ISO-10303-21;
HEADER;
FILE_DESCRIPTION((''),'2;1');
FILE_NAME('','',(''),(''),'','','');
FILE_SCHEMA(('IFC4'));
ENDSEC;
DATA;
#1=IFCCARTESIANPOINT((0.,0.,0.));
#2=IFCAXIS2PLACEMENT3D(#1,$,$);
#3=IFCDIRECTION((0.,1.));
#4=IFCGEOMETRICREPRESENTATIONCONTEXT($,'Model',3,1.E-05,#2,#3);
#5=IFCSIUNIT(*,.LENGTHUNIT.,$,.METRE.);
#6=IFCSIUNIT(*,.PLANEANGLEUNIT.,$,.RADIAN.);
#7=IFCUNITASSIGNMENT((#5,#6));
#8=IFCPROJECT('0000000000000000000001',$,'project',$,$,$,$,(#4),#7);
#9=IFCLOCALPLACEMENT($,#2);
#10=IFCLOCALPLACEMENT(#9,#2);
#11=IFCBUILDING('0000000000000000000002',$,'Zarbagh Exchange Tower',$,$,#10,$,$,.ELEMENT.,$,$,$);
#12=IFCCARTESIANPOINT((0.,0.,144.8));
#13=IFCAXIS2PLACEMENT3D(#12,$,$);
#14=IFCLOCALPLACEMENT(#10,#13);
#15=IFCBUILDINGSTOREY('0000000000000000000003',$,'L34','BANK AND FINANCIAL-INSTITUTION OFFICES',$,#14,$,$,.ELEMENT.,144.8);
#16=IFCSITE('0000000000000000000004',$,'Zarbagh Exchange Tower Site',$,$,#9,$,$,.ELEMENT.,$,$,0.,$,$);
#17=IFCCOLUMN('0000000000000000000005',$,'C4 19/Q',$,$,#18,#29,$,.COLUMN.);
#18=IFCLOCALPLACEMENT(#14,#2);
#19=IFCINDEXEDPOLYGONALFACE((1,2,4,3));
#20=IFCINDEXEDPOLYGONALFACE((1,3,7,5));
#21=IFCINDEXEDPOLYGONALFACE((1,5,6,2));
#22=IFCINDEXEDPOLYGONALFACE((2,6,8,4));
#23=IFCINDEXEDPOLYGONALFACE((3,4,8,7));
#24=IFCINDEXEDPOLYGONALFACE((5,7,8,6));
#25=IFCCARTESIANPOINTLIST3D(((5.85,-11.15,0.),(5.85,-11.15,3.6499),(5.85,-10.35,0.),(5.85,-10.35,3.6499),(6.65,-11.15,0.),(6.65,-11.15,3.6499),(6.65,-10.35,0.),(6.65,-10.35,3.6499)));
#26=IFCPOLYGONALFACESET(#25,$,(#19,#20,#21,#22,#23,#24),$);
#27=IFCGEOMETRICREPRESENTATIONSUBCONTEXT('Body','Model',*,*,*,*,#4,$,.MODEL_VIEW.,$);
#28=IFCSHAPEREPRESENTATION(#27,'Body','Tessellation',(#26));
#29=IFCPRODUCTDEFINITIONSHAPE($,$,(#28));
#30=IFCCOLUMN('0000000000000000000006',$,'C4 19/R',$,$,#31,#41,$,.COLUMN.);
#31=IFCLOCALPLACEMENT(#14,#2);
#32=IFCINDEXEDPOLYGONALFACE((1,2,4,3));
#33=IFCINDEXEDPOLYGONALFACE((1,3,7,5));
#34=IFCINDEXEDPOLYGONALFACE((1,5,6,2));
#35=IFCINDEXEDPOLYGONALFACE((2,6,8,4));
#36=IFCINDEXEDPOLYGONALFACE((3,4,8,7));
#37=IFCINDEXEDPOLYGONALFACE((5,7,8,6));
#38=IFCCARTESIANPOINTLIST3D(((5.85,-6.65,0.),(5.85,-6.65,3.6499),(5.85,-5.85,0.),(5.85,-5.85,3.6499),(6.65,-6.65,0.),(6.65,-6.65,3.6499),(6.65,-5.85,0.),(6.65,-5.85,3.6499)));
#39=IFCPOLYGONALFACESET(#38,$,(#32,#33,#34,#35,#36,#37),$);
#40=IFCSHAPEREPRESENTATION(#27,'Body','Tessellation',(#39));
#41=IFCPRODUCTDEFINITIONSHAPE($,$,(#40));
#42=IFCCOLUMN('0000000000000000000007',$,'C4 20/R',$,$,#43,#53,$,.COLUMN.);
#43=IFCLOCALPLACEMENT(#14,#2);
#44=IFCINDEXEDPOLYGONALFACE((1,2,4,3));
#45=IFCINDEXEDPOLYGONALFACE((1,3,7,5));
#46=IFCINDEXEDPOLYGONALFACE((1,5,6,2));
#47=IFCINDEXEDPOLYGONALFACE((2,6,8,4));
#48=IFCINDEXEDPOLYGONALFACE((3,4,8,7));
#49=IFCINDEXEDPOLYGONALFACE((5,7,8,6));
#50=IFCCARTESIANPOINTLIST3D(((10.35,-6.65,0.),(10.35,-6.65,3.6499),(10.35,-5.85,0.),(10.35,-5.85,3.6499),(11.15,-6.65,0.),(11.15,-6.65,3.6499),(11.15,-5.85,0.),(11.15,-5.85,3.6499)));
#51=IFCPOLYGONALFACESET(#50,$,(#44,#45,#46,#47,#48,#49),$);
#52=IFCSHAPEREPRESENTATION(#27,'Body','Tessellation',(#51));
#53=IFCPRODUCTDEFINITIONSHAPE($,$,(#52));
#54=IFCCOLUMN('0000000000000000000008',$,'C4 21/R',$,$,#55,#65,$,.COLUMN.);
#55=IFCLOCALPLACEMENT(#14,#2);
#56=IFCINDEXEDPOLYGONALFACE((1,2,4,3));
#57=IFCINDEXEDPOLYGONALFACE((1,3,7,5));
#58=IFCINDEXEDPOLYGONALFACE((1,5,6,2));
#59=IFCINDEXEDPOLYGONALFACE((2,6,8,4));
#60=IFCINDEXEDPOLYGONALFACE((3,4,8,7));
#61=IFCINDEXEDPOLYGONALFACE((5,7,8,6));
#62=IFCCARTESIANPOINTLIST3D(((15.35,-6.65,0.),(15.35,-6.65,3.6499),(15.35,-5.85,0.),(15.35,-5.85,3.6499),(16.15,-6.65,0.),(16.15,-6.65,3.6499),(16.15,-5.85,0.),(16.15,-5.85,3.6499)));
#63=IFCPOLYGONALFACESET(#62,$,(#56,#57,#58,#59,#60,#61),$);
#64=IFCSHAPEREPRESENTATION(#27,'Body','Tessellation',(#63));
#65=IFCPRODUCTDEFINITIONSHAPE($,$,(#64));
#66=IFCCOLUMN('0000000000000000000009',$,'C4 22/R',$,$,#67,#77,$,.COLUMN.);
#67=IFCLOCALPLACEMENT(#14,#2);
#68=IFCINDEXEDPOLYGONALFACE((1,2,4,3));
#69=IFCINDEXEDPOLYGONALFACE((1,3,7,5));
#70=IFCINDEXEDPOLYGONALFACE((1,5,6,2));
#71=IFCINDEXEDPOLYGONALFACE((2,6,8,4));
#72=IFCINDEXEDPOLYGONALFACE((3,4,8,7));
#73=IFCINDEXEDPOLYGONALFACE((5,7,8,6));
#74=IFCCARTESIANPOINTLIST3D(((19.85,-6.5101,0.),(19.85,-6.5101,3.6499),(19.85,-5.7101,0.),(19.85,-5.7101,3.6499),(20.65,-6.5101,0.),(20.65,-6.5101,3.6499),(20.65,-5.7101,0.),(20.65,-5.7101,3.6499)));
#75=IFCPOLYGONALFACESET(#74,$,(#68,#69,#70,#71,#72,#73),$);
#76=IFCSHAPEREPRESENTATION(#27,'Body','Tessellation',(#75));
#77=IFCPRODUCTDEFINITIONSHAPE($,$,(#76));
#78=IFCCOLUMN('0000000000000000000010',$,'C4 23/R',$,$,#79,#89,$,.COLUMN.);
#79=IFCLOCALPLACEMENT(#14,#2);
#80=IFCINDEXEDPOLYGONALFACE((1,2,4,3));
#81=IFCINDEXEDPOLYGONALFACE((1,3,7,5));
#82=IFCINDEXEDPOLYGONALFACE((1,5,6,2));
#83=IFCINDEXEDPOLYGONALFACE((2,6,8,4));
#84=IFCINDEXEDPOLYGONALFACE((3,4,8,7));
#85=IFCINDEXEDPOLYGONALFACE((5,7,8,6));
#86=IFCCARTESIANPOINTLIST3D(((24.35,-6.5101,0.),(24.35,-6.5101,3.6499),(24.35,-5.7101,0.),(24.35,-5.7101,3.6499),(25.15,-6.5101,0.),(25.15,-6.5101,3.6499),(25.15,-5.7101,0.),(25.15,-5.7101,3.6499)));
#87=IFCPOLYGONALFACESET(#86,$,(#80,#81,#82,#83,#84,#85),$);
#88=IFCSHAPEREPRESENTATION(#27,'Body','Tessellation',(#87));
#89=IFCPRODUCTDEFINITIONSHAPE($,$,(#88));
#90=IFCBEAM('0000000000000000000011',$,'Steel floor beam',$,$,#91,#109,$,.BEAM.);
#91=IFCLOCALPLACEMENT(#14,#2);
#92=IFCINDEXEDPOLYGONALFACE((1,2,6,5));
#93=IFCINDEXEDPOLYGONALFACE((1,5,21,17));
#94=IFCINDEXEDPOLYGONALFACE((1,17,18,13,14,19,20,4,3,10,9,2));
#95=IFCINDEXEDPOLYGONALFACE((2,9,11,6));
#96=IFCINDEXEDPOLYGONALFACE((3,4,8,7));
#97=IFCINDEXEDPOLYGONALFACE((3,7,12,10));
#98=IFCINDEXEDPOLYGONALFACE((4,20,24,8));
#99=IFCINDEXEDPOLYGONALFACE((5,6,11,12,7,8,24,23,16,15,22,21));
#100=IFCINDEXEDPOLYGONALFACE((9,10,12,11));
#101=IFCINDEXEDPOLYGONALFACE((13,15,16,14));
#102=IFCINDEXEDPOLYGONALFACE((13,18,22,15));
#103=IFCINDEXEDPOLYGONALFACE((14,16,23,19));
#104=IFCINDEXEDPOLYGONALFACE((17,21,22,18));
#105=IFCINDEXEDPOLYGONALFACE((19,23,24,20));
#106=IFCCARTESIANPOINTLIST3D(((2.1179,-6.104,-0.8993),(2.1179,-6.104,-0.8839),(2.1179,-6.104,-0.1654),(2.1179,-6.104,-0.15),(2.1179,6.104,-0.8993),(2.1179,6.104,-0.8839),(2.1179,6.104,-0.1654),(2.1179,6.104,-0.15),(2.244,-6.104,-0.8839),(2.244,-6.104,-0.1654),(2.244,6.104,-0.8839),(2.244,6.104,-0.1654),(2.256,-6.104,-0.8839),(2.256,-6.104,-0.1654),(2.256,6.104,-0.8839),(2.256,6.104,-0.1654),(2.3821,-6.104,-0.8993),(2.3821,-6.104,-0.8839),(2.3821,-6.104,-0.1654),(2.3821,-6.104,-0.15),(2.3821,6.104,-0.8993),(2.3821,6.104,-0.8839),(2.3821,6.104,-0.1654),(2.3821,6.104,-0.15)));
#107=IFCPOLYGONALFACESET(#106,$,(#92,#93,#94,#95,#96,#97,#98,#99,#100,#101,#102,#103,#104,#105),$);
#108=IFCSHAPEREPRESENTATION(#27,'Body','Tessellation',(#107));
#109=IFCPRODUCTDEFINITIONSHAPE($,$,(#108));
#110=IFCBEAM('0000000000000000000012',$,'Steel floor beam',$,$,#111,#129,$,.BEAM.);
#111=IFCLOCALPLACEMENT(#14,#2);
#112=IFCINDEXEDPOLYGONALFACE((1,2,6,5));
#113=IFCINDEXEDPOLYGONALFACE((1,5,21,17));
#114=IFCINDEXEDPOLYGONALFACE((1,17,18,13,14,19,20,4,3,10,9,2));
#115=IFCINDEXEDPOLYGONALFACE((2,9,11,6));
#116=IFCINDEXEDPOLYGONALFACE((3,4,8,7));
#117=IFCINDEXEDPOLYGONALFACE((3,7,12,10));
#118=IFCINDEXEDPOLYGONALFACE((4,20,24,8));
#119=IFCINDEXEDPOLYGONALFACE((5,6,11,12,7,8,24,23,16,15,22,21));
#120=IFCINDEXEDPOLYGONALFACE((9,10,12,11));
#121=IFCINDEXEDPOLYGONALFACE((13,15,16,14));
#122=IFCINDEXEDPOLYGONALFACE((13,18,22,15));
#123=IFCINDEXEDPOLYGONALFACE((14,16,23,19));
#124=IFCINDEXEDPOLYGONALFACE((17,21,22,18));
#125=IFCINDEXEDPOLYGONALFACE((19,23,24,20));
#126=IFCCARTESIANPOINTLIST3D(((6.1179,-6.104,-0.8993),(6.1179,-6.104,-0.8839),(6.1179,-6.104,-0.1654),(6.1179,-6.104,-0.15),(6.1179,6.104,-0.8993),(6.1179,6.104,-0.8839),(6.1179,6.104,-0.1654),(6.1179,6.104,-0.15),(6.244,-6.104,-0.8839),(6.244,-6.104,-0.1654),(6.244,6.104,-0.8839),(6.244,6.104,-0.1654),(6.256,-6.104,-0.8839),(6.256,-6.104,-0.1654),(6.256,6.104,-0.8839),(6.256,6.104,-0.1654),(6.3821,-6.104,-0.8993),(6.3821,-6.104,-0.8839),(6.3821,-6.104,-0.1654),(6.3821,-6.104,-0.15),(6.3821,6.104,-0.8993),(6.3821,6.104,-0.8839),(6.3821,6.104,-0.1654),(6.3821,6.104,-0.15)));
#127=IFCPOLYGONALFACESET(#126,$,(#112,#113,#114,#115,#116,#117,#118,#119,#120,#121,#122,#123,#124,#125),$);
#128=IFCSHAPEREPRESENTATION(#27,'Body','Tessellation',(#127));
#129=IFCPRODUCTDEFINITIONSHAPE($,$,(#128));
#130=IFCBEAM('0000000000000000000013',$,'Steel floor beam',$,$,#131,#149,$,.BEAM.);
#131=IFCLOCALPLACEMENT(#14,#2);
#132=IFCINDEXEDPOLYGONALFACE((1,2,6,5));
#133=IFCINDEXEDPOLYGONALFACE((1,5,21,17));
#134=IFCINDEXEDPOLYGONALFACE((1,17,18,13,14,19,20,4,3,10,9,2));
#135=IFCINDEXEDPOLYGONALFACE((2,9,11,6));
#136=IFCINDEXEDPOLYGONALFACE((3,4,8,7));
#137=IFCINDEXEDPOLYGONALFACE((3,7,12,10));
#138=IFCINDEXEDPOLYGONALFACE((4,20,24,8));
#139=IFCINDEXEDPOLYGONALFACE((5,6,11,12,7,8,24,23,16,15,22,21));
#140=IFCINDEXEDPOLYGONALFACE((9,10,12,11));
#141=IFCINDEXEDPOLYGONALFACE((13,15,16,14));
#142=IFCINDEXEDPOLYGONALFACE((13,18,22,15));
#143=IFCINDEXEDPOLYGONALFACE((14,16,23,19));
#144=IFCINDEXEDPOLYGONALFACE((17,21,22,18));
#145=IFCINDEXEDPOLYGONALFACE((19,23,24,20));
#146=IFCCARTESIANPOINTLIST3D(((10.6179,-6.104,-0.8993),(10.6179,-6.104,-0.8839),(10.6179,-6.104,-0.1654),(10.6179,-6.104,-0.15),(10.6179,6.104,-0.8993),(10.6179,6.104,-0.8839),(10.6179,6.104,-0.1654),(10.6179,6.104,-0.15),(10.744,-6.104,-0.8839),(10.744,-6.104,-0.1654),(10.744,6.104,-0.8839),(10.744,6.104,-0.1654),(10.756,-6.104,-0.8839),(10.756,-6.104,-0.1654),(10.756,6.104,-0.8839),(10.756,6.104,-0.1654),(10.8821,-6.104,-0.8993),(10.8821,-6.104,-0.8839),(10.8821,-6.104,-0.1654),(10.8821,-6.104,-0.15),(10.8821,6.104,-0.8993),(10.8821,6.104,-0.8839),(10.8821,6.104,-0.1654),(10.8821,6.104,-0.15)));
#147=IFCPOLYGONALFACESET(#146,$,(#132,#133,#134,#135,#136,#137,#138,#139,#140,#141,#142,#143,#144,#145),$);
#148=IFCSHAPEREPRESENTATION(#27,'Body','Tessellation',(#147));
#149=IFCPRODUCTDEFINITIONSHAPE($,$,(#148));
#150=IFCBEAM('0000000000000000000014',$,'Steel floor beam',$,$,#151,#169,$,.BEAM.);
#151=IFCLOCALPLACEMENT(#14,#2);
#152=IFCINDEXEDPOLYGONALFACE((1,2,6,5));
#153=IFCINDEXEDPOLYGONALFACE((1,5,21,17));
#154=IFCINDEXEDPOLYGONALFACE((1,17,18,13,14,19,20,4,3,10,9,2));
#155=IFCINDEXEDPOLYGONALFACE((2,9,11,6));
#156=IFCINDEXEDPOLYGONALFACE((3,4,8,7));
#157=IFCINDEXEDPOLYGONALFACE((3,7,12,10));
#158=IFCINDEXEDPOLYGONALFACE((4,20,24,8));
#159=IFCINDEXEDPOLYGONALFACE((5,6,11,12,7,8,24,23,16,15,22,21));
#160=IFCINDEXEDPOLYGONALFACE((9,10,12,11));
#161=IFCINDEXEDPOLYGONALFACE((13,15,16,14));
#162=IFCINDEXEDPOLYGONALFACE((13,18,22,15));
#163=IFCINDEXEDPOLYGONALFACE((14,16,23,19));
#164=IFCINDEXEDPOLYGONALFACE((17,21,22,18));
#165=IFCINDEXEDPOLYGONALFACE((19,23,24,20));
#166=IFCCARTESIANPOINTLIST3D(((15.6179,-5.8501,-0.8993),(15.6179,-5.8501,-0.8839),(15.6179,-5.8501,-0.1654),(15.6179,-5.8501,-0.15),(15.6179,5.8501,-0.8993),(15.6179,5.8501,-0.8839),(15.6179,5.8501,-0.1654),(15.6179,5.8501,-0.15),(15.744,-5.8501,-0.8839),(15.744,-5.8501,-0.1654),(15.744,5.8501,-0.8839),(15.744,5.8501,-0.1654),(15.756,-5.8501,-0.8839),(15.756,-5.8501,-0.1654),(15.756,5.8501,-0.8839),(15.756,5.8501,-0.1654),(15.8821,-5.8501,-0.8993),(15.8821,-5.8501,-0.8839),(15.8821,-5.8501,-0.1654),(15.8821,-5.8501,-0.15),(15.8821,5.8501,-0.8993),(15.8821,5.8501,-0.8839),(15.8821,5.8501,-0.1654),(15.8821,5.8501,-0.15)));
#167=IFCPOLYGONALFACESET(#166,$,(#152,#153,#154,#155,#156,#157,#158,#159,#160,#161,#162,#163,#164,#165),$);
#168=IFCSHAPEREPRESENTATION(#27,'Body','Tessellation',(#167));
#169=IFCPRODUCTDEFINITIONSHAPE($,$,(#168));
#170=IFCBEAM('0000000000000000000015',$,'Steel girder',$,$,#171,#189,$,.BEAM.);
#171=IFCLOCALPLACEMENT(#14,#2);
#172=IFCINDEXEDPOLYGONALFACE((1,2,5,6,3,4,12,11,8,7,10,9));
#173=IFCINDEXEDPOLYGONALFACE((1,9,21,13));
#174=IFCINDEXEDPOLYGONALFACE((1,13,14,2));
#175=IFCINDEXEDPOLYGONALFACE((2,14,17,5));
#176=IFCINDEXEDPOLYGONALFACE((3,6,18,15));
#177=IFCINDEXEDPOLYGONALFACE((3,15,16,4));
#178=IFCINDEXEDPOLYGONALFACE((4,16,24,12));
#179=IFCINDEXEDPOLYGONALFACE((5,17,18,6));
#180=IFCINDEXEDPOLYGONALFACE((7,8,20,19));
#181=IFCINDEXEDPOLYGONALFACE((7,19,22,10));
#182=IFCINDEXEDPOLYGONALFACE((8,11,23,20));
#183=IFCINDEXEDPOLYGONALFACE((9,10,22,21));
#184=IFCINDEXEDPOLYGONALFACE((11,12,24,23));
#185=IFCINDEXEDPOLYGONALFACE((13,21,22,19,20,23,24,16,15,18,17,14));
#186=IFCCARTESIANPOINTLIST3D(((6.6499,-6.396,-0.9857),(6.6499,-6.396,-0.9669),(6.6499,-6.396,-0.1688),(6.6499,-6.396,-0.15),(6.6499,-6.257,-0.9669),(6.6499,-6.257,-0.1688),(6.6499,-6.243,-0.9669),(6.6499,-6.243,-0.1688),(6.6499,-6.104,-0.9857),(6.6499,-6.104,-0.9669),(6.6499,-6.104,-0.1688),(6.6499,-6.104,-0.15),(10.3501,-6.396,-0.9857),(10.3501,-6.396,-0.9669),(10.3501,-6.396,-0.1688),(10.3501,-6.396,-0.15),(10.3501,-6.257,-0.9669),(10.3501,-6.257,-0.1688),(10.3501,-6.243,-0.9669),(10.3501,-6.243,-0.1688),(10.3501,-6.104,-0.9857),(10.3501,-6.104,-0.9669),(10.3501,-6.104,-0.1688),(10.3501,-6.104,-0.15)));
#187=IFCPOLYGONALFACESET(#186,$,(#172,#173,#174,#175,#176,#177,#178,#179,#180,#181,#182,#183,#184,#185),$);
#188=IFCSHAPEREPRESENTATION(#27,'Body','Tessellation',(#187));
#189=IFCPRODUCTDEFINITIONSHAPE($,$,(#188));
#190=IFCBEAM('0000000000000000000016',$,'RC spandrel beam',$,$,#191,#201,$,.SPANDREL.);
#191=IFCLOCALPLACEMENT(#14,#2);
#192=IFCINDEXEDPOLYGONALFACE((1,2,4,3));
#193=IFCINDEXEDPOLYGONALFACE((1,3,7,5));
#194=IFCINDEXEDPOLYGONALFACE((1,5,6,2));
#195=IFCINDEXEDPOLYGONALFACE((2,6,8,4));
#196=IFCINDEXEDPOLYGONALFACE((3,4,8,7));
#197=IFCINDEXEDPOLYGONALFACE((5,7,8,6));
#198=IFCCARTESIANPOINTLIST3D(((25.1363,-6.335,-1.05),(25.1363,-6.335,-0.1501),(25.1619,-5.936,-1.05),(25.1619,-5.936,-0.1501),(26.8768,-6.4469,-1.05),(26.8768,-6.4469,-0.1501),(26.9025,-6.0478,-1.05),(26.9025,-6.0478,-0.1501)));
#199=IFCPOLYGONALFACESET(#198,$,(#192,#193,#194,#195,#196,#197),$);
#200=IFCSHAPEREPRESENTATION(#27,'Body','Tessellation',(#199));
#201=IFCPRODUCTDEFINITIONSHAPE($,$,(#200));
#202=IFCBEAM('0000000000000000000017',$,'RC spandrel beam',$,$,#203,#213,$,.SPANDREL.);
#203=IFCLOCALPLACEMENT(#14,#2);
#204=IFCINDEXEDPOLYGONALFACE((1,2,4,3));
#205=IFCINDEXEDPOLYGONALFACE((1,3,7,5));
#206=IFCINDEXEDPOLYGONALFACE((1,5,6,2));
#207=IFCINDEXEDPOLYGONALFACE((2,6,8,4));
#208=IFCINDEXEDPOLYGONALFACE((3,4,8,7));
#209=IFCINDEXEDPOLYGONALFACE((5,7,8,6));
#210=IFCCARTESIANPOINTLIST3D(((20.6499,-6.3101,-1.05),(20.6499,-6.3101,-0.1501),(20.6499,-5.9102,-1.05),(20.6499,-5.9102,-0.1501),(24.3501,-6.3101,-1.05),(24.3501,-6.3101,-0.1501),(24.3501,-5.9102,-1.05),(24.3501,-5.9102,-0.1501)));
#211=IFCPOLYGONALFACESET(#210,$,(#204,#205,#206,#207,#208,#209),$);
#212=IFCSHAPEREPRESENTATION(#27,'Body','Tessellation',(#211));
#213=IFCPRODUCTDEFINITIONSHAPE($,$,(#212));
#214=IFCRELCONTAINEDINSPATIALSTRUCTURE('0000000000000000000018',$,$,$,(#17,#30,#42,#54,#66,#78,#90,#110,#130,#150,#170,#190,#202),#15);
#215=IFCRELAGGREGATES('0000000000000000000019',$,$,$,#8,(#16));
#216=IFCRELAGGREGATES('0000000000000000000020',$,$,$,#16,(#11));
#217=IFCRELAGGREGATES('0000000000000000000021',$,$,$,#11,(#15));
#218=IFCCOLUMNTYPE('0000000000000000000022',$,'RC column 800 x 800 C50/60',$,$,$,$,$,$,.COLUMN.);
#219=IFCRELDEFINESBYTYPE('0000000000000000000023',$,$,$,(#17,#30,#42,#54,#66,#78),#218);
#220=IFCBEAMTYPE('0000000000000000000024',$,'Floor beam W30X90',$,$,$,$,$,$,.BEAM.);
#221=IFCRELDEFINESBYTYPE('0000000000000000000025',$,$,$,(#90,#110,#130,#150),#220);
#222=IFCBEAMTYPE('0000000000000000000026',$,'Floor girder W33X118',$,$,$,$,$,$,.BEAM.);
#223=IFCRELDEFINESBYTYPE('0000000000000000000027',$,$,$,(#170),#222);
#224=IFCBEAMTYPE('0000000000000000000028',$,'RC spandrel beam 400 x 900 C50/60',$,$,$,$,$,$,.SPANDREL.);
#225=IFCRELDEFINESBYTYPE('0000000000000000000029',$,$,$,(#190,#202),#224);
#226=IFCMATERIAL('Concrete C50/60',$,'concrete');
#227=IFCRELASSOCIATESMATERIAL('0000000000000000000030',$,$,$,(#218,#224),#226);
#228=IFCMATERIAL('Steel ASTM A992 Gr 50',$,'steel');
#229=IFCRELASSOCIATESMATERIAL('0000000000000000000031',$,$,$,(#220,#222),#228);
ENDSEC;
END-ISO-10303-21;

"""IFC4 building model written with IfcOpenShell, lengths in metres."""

from ifc_helpers import new_model, si_unit, direction, frame, origin, origin_2d, place, context, subcontext, project, spatial, rectangle, i_section, extrude, material, material_profile, profile_set, type_object, element, save


model = new_model("IFC4")

# Units and contexts
model_context = context("Model", 3, precision=1e-05, world=origin(), true_north=direction((0.0, 1.0)))
body_context = subcontext(model_context, "Body", "Model", "MODEL_VIEW")
ifc_project = project(units=[si_unit("LENGTHUNIT", "METRE"), si_unit("PLANEANGLEUNIT", "RADIAN")], contexts=[model_context])

# Site, building, storey
site_placement = place(None, origin())
site = spatial("IfcSite", under=ifc_project, at=site_placement, Name="Zarbagh Exchange Tower Site", CompositionType="ELEMENT", RefElevation=0.0)
building_placement = place(site_placement, origin())
building = spatial("IfcBuilding", under=site, at=building_placement, Name="Zarbagh Exchange Tower", CompositionType="ELEMENT")
storey_placement = place(building_placement, frame((0.0, 0.0, 144.8)))
storey = spatial("IfcBuildingStorey", under=building, at=storey_placement, Name="L34", Description="BANK AND FINANCIAL-INSTITUTION OFFICES", CompositionType="ELEMENT", Elevation=144.8)

# Columns
ifc_material_1 = material(Name="Concrete C50/60", Category="concrete")
ifc_material_profile_1 = material_profile(ifc_material_1, rectangle(XDim=0.8, YDim=0.8, at=origin_2d()), Name="RC column 800 x 800 C50/60")
ifc_profile_set_1 = profile_set([ifc_material_profile_1], Name="Concrete C50/60")
column_type = type_object("IfcColumnType", Name="RC column 800 x 800 C50/60", PredefinedType="COLUMN", material=ifc_profile_set_1)
for number, where, z_axis, x_axis, name in (
    (1, (6.25, -10.75, 0.0), (0.0, 0.0, 1.0), (1.0, 0.0, 0.0), "C4 19/Q"),
    (2, (6.25, -6.25, 0.0), (0.0, 0.0, 1.0), (1.0, 0.0, 0.0), "C4 19/R"),
    (3, (10.75, -6.25, 0.0), (0.0, 0.0, 1.0), (1.0, 0.0, 0.0), "C4 20/R"),
    (4, (15.75, -6.25, 0.0), (0.0, 0.0, 1.0), (1.0, 0.0, 0.0), "C4 21/R"),
    (5, (20.25, -6.1101, 0.0), (0.0, 0.0, 1.0), (1.0, 0.0, 0.0), "C4 22/R"),
    (6, (24.75, -6.1101, 0.0), (0.0, 0.0, 1.0), (1.0, 0.0, 0.0), "C4 23/R"),
):
    element("IfcColumn", number, at=place(storey_placement, frame(where, z_axis=z_axis, x_axis=x_axis)), inside=storey, type_object=column_type, Name=name, PredefinedType="COLUMN", context=body_context, shape_type="SweptSolid", body=[
        extrude(rectangle(XDim=0.8, YDim=0.8, at=origin_2d()), origin(), (0.0, 0.0, 1.0), 3.6499),
    ])

# Beams
ifc_material_2 = material(Name="Steel ASTM A992 Gr 50", Category="steel")
ifc_material_profile_2 = material_profile(ifc_material_2, i_section(OverallWidth=0.2642, OverallDepth=0.7493, WebThickness=0.012, FlangeThickness=0.0154, at=origin_2d()), Name="W30X90")
ifc_profile_set_2 = profile_set([ifc_material_profile_2], Name="Steel ASTM A992 Gr 50")
beam_type_1 = type_object("IfcBeamType", Name="Floor beam W30X90", PredefinedType="BEAM", material=ifc_profile_set_2)
for number, where, z_axis, x_axis, name in (
    (7, (2.25, -6.104, -0.5247), (0.0, 1.0, 0.0), (-1.0, 0.0, 0.0), "Steel floor beam"),
    (8, (6.25, -6.104, -0.5247), (0.0, 1.0, 0.0), (-1.0, 0.0, 0.0), "Steel floor beam"),
    (9, (10.75, -6.104, -0.5247), (0.0, 1.0, 0.0), (-1.0, 0.0, 0.0), "Steel floor beam"),
):
    element("IfcBeam", number, at=place(storey_placement, frame(where, z_axis=z_axis, x_axis=x_axis)), inside=storey, type_object=beam_type_1, Name=name, PredefinedType="BEAM", context=body_context, shape_type="SweptSolid", body=[
        extrude(i_section(OverallWidth=0.2642, OverallDepth=0.7493, WebThickness=0.012, FlangeThickness=0.0154, at=origin_2d()), origin(), (0.0, 0.0, 1.0), 12.208),
    ])
beam_1_placement = place(storey_placement, frame((15.75, -5.8501, -0.5247), z_axis=(0.0, 1.0, 0.0), x_axis=(-1.0, 0.0, 0.0)))
element("IfcBeam", 10, at=beam_1_placement, inside=storey, type_object=beam_type_1, Name="Steel floor beam", PredefinedType="BEAM", context=body_context, shape_type="SweptSolid", body=[
    extrude(i_section(OverallWidth=0.2642, OverallDepth=0.7493, WebThickness=0.012, FlangeThickness=0.0154, at=origin_2d()), origin(), (0.0, 0.0, 1.0), 11.7002),
])
ifc_material_profile_3 = material_profile(ifc_material_2, i_section(OverallWidth=0.292, OverallDepth=0.8357, WebThickness=0.0139, FlangeThickness=0.0188, at=origin_2d()), Name="W33X118")
ifc_profile_set_3 = profile_set([ifc_material_profile_3], Name="Steel ASTM A992 Gr 50")
beam_type_2 = type_object("IfcBeamType", Name="Floor girder W33X118", PredefinedType="BEAM", material=ifc_profile_set_3)
beam_2_placement = place(storey_placement, frame((6.6499, -6.25, -0.5679), z_axis=(1.0, 0.0, 0.0), x_axis=(0.0, 1.0, 0.0)))
element("IfcBeam", 11, at=beam_2_placement, inside=storey, type_object=beam_type_2, Name="Steel girder", PredefinedType="BEAM", context=body_context, shape_type="SweptSolid", body=[
    extrude(i_section(OverallWidth=0.292, OverallDepth=0.8357, WebThickness=0.0139, FlangeThickness=0.0188, at=origin_2d()), origin(), (0.0, 0.0, 1.0), 3.7002),
])
ifc_material_profile_4 = material_profile(ifc_material_1, rectangle(XDim=0.3999, YDim=0.8999, at=origin_2d()), Name="RC spandrel beam 400 x 900 C50/60")
ifc_profile_set_4 = profile_set([ifc_material_profile_4], Name="Concrete C50/60")
beam_type_3 = type_object("IfcBeamType", Name="RC spandrel beam 400 x 900 C50/60", PredefinedType="SPANDREL", material=ifc_profile_set_4)
beam_3_placement = place(storey_placement, frame((26.8896, -6.2473, -0.6001), z_axis=(-0.997943, 0.064112, 0.0), x_axis=(-0.064112, -0.997943, 0.0)))
element("IfcBeam", 12, at=beam_3_placement, inside=storey, type_object=beam_type_3, Name="RC spandrel beam", PredefinedType="SPANDREL", context=body_context, shape_type="SweptSolid", body=[
    extrude(rectangle(XDim=0.3999, YDim=0.8999, at=origin_2d()), origin(), (0.0, 0.0, 1.0), 1.7441),
])
beam_4_placement = place(storey_placement, frame((24.3501, -6.1101, -0.6001), z_axis=(-1.0, 0.0, 0.0), x_axis=(0.0, -1.0, 0.0)))
element("IfcBeam", 13, at=beam_4_placement, inside=storey, type_object=beam_type_3, Name="RC spandrel beam", PredefinedType="SPANDREL", context=body_context, shape_type="SweptSolid", body=[
    extrude(rectangle(XDim=0.3999, YDim=0.8999, at=origin_2d()), origin(), (0.0, 0.0, 1.0), 3.7002),
])

save(model, "model.ifc")
